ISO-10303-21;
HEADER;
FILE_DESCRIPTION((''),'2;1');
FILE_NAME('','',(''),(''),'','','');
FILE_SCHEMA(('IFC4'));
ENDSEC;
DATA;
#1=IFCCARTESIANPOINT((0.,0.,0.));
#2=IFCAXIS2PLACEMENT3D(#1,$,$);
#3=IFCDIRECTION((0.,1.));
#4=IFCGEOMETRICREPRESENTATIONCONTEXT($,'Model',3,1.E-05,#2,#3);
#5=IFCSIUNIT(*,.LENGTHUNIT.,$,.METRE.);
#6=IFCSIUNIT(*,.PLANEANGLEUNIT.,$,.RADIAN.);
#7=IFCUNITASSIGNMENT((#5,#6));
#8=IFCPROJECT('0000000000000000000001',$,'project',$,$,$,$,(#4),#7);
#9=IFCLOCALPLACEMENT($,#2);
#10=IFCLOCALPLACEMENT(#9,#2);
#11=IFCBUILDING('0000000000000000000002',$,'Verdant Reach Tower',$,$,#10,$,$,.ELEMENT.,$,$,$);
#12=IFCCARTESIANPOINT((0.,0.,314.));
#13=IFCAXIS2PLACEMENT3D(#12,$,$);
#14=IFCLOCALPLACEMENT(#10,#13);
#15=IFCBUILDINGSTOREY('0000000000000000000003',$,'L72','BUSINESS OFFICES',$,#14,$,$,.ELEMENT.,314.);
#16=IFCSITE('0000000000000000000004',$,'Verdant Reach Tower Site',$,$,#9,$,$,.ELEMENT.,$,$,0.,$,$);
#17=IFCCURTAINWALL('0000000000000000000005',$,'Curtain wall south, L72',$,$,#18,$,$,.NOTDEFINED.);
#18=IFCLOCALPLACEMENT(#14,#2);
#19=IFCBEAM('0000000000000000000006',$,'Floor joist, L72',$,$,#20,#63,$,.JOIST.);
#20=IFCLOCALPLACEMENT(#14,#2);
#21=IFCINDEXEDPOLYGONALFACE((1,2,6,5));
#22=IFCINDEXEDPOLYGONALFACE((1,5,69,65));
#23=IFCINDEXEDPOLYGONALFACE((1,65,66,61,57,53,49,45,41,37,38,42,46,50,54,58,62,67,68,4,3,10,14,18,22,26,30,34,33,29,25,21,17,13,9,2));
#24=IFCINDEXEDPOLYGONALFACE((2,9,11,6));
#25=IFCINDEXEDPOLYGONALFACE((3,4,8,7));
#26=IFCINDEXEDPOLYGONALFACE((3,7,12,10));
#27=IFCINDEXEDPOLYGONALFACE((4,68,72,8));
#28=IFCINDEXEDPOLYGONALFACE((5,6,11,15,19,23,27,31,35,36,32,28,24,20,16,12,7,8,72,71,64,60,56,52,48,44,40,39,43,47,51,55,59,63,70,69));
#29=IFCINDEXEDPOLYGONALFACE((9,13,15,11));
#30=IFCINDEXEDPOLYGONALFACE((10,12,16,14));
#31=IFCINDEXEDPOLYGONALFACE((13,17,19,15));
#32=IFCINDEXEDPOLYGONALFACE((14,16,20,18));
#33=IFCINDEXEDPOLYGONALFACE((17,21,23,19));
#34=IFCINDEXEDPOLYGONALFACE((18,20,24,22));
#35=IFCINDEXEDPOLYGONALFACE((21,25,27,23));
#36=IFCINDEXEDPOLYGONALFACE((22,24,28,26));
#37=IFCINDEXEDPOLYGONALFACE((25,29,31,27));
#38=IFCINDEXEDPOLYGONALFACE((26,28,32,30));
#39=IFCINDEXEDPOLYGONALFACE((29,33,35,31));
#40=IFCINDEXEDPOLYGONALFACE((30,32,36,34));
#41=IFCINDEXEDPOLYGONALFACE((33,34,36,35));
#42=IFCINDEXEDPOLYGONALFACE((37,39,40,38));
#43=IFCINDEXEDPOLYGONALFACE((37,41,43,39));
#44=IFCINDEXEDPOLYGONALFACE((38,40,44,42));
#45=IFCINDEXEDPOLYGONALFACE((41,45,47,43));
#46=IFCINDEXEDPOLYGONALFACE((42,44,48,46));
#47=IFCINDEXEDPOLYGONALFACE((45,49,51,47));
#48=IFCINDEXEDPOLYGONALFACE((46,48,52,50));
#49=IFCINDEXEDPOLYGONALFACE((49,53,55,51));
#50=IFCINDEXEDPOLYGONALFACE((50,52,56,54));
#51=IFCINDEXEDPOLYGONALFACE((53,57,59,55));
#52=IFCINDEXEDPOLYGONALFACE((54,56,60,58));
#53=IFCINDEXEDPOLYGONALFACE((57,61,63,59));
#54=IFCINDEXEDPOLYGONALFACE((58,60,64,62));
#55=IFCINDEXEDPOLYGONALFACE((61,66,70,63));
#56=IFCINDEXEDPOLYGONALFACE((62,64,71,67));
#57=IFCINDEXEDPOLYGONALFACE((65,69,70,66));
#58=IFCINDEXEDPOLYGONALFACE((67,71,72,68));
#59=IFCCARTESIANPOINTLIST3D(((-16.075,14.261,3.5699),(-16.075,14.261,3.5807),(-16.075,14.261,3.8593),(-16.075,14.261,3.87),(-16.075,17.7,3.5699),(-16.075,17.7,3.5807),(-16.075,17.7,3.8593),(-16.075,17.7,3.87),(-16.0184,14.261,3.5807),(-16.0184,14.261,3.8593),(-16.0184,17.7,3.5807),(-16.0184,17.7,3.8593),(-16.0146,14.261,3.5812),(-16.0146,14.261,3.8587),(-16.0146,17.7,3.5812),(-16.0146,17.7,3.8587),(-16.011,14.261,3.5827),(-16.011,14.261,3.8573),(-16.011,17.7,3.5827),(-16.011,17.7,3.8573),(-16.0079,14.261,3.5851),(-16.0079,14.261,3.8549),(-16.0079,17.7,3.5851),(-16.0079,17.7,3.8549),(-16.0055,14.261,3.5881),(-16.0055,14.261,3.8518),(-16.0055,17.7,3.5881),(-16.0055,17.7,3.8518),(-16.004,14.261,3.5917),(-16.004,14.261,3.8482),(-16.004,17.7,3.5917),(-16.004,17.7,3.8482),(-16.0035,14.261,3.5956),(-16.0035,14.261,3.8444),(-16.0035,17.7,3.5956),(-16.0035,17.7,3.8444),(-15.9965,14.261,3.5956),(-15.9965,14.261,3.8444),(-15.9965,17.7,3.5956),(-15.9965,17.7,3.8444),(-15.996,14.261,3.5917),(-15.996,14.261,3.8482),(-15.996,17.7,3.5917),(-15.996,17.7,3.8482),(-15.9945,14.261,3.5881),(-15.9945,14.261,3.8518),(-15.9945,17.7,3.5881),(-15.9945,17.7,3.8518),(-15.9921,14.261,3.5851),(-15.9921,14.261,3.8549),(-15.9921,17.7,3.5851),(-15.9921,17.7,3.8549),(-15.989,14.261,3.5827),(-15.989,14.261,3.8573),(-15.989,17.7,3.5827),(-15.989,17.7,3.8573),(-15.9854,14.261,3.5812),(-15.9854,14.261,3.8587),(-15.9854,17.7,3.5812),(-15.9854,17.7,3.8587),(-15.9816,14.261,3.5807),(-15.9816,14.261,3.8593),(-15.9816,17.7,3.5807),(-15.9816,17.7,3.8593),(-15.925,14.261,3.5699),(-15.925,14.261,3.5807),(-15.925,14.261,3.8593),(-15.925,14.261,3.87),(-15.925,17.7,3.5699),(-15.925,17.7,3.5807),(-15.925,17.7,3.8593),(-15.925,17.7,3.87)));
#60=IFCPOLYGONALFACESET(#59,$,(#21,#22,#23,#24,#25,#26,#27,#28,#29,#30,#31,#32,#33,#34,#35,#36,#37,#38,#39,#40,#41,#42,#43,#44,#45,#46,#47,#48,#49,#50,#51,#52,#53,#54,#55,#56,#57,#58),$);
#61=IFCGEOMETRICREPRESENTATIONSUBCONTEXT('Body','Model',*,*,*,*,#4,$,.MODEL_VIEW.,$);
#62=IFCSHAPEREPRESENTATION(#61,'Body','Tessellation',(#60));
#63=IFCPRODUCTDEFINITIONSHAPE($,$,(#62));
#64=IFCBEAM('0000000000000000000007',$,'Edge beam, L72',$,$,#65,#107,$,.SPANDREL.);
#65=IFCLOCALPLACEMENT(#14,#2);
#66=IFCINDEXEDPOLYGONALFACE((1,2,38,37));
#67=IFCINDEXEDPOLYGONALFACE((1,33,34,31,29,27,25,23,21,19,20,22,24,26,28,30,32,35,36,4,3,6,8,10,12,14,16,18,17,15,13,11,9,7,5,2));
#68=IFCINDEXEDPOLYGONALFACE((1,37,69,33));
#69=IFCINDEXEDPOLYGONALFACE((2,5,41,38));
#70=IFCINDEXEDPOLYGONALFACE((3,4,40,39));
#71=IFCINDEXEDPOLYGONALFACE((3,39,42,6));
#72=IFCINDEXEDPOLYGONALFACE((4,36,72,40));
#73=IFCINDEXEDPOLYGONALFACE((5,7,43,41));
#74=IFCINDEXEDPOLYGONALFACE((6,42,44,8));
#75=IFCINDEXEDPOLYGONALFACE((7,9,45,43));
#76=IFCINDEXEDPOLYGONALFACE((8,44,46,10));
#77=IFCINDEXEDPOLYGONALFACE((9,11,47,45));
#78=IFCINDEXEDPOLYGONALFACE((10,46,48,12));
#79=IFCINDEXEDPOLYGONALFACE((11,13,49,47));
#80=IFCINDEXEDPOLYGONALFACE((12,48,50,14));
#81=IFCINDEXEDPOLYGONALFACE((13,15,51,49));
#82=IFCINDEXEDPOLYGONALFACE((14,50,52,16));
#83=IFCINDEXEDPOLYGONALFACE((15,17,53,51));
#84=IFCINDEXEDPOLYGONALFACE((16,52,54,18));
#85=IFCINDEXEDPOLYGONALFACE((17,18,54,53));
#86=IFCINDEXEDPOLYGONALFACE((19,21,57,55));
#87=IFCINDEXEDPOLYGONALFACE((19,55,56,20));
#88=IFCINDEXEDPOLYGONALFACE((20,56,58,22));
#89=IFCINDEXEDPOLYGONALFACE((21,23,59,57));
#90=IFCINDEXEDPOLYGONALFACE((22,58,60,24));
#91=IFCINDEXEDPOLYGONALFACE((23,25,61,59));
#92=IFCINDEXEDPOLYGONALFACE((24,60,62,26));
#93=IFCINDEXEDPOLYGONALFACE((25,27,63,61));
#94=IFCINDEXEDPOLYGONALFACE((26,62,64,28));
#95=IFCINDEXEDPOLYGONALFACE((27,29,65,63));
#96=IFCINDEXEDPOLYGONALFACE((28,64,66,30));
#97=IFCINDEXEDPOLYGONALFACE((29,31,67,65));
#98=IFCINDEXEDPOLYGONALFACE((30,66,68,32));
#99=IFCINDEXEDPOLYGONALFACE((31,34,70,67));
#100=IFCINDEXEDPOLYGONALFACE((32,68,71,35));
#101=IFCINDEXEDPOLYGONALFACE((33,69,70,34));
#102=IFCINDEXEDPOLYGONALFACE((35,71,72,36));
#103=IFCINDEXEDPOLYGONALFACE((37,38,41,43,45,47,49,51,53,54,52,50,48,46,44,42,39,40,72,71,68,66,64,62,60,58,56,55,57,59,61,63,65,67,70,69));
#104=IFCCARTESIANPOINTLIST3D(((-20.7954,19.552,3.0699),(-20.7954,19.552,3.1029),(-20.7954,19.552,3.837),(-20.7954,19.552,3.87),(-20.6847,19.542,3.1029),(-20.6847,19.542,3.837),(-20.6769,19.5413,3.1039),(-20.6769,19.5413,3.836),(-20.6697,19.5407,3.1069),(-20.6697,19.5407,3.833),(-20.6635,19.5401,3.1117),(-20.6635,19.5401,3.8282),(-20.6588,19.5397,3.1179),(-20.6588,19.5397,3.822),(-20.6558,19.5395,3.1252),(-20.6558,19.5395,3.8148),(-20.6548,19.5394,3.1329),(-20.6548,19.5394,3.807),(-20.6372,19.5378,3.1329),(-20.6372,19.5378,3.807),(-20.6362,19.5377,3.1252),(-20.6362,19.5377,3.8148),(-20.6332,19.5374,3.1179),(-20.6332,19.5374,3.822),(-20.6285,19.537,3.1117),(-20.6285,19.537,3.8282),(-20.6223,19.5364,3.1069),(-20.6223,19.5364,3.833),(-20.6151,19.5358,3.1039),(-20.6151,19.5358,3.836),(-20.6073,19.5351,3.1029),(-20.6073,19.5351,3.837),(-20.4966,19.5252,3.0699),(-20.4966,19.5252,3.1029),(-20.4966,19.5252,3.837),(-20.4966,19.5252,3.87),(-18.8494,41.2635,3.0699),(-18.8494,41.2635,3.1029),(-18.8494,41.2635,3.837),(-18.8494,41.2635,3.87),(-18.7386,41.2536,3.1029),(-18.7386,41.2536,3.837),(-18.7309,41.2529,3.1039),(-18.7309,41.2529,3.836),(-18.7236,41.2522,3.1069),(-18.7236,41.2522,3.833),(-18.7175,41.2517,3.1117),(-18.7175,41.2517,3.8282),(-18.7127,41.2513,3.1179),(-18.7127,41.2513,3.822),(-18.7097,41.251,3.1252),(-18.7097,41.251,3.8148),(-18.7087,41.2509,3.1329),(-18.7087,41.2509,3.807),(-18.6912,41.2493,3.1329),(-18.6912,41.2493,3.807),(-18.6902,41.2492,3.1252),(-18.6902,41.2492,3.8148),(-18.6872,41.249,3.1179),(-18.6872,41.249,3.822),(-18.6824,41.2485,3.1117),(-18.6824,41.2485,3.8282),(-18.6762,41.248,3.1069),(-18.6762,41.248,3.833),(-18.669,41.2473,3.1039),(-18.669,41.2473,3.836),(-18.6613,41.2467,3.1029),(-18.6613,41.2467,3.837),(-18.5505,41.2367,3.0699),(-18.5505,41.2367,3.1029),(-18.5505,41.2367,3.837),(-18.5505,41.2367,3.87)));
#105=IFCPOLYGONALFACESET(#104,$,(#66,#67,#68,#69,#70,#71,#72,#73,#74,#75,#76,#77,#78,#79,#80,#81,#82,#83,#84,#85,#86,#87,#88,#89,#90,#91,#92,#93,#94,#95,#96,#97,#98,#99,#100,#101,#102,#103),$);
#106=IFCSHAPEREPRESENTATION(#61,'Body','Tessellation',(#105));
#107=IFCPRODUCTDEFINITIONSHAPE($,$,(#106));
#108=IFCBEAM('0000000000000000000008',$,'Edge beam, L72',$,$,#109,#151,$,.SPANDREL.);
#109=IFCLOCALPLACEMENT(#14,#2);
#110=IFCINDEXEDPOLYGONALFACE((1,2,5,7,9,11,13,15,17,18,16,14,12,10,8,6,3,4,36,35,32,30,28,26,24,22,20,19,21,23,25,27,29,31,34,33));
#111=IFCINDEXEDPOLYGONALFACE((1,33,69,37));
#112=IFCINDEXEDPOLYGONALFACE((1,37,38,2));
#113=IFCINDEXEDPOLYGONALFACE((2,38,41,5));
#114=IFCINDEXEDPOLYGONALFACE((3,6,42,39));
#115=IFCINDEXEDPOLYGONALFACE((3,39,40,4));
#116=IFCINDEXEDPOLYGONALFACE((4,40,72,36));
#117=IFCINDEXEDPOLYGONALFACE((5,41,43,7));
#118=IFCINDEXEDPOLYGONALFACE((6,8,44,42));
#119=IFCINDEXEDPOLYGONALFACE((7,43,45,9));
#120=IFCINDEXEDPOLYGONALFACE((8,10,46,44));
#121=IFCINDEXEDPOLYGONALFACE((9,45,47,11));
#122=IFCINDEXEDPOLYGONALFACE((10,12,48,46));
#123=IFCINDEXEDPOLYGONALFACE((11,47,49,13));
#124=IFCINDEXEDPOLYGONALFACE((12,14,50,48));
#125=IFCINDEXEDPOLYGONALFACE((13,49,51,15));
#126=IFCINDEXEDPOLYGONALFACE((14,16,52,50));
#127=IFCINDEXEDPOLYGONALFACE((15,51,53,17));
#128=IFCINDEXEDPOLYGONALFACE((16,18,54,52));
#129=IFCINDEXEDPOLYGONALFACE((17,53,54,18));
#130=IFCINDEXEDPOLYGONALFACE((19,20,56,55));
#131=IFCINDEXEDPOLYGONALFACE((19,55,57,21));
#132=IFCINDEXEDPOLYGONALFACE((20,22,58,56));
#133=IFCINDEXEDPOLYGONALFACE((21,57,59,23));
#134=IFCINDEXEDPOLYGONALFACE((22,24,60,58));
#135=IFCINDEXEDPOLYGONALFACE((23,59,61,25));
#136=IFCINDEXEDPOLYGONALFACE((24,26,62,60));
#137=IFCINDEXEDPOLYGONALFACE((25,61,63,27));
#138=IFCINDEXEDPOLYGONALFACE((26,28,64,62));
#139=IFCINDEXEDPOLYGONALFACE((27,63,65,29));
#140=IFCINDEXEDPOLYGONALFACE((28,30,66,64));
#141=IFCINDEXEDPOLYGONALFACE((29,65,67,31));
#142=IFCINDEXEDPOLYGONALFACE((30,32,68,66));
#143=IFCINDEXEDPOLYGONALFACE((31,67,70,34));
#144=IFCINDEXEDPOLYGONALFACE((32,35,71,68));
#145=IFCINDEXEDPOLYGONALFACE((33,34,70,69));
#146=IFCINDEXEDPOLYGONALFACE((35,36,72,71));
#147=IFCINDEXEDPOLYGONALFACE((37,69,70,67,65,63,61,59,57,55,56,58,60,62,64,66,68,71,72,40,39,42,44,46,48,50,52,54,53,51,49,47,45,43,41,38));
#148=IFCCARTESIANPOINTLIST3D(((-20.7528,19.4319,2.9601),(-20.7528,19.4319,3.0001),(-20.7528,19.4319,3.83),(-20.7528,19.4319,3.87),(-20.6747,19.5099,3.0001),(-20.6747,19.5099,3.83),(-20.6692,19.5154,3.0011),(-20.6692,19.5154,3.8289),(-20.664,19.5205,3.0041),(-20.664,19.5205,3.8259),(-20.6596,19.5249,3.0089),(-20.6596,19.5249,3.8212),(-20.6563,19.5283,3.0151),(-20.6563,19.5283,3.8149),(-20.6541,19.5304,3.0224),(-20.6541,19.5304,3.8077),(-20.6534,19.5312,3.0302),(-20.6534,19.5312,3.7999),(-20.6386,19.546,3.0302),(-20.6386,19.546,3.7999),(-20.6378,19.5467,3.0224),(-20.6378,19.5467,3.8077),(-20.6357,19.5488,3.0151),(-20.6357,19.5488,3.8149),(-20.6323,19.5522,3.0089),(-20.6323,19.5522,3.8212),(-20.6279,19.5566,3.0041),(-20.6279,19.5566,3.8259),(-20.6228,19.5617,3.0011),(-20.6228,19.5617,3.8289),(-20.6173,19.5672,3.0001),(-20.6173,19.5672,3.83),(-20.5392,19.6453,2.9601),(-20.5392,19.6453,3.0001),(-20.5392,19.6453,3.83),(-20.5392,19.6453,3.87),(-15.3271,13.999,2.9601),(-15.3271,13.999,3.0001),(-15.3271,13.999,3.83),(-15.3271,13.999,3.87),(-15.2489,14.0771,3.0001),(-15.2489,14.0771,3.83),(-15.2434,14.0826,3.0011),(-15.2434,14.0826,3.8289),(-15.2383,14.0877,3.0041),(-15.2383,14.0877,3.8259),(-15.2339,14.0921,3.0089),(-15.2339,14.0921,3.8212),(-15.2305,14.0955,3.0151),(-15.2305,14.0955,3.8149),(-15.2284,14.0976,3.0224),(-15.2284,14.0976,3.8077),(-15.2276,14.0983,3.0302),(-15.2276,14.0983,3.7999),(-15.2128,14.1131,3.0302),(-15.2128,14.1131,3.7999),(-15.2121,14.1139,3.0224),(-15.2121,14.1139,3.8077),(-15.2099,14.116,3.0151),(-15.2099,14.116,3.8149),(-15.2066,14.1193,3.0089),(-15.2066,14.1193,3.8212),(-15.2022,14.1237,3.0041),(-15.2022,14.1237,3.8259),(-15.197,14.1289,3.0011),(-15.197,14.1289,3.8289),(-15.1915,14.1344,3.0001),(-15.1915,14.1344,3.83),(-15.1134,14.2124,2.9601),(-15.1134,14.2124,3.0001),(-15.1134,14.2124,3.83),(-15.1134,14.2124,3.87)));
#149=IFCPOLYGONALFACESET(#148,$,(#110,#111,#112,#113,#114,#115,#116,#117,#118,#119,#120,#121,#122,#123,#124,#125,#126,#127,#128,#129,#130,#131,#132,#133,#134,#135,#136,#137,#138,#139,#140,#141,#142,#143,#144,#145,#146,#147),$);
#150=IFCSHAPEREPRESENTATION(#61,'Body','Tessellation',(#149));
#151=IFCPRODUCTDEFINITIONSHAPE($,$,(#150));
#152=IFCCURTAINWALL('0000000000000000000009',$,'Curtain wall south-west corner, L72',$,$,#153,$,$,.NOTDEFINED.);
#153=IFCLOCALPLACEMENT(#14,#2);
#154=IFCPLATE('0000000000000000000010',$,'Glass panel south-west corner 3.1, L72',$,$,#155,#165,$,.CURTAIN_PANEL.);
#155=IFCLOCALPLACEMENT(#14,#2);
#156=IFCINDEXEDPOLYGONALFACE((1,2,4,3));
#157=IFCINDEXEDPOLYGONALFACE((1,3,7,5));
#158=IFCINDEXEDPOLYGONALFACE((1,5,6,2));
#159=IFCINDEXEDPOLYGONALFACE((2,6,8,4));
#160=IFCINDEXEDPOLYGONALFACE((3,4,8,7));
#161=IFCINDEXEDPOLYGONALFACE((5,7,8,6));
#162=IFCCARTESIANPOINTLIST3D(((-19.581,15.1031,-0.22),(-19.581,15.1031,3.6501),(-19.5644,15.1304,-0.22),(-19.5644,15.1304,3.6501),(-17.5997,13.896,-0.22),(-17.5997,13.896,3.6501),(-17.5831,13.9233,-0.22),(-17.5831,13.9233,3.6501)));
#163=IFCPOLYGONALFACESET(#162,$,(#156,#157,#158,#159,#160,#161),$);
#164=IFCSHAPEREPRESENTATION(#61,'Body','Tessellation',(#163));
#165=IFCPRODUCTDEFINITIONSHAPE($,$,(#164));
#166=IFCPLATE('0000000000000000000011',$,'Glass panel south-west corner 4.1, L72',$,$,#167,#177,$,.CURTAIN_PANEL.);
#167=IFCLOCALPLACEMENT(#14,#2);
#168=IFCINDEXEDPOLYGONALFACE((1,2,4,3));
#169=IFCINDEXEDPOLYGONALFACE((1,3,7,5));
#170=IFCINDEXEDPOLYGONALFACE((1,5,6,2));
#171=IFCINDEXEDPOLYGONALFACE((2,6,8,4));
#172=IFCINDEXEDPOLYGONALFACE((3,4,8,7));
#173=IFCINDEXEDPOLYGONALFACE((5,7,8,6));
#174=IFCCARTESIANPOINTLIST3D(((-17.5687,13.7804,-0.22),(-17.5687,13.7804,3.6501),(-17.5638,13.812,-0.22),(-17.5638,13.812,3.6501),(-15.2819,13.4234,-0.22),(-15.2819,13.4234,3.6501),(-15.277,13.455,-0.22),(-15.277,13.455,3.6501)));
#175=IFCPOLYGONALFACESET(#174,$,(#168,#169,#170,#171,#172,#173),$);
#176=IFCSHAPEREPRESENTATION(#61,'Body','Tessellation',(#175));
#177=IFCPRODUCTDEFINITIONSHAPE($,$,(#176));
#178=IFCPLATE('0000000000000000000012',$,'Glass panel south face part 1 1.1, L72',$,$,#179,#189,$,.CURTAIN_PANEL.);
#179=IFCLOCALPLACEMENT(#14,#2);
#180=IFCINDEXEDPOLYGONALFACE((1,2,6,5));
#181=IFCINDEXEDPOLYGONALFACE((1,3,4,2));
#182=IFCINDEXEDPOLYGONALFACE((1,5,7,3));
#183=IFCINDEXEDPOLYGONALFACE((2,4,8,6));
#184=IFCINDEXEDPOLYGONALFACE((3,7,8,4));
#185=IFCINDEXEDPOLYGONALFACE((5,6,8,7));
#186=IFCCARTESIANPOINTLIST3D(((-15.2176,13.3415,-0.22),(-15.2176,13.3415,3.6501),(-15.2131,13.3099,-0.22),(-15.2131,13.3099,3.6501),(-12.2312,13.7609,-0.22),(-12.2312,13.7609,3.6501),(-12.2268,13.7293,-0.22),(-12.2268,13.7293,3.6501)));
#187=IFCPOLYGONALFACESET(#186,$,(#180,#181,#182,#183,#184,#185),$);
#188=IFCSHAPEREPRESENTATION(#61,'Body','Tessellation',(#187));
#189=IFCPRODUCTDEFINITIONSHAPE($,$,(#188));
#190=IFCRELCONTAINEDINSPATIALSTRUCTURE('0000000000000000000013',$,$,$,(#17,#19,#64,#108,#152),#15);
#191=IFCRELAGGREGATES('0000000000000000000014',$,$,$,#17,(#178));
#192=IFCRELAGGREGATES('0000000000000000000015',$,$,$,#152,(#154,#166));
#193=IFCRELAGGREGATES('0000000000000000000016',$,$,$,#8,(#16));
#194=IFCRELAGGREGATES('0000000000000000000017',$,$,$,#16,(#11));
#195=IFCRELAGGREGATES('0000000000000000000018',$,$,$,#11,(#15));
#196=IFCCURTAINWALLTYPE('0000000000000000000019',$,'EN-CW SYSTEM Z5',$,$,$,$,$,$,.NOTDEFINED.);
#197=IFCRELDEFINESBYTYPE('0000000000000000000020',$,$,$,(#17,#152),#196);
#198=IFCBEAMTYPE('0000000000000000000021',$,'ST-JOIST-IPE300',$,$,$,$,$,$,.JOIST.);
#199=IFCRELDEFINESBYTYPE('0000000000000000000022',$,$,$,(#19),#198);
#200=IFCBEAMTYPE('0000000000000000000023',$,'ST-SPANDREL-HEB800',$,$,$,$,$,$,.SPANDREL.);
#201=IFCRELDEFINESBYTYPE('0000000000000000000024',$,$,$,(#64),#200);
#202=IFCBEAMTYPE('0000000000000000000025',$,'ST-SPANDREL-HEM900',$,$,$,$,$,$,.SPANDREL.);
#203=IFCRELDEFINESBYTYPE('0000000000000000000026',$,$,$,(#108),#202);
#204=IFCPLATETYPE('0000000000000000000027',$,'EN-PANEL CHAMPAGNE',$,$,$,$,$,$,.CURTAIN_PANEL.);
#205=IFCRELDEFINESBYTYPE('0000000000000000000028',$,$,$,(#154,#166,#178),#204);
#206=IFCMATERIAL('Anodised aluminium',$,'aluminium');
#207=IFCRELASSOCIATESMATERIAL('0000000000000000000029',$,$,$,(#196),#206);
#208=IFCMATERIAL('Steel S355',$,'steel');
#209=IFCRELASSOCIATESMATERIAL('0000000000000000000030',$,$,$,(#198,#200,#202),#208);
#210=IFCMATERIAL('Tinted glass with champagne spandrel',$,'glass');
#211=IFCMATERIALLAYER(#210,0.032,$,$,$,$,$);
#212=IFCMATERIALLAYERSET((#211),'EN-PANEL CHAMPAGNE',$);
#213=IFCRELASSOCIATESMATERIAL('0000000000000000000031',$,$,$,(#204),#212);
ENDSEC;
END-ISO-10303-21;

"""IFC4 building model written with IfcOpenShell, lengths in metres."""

from ifc_helpers import new_model, si_unit, direction, frame, origin, origin_2d, place, context, subcontext, project, spatial, rectangle, i_section, extrude, material, layer, layer_set, material_profile, profile_set, type_object, element, aggregate, save


model = new_model("IFC4")

# Units and contexts
model_context = context("Model", 3, precision=1e-05, world=origin(), true_north=direction((0.0, 1.0)))
body_context = subcontext(model_context, "Body", "Model", "MODEL_VIEW")
ifc_project = project(units=[si_unit("LENGTHUNIT", "METRE"), si_unit("PLANEANGLEUNIT", "RADIAN")], contexts=[model_context])

# Site, building, storey
site_placement = place(None, origin())
site = spatial("IfcSite", under=ifc_project, at=site_placement, Name="Verdant Reach Tower Site", CompositionType="ELEMENT", RefElevation=0.0)
building_placement = place(site_placement, origin())
building = spatial("IfcBuilding", under=site, at=building_placement, Name="Verdant Reach Tower", CompositionType="ELEMENT")
storey_placement = place(building_placement, frame((0.0, 0.0, 314.0)))
storey = spatial("IfcBuildingStorey", under=building, at=storey_placement, Name="L72", Description="BUSINESS OFFICES", CompositionType="ELEMENT", Elevation=314.0)

# Curtain wall
ifc_material_1 = material(Name="Anodised aluminium", Category="aluminium")
curtain_wall_type = type_object("IfcCurtainWallType", Name="EN-CW SYSTEM Z5", PredefinedType="NOTDEFINED", material=ifc_material_1)
curtain_wall_1_placement = place(storey_placement, origin())
curtain_wall_1 = element("IfcCurtainWall", 1, at=curtain_wall_1_placement, inside=storey, type_object=curtain_wall_type, Name="Curtain wall south, L72", PredefinedType="NOTDEFINED")

# Beams
ifc_material_2 = material(Name="Steel S355", Category="steel")
ifc_material_profile_1 = material_profile(ifc_material_2, i_section(OverallWidth=0.1499, OverallDepth=0.3, WebThickness=0.0071, FlangeThickness=0.0107, FilletRadius=0.0149, at=origin_2d()), Name="IPE 300")
ifc_profile_set_1 = profile_set([ifc_material_profile_1], Name="Steel S355")
beam_type_1 = type_object("IfcBeamType", Name="ST-JOIST-IPE300", PredefinedType="JOIST", material=ifc_profile_set_1)
beam_1_placement = place(storey_placement, frame((-16.0, 17.7, 3.72), z_axis=(0.0, -1.0, 0.0), x_axis=(1.0, 0.0, 0.0)))
element("IfcBeam", 2, at=beam_1_placement, inside=storey, type_object=beam_type_1, Name="Floor joist, L72", PredefinedType="JOIST", context=body_context, shape_type="SweptSolid", body=[
    extrude(i_section(OverallWidth=0.1499, OverallDepth=0.3, WebThickness=0.0071, FlangeThickness=0.0107, FilletRadius=0.0149, at=origin_2d()), origin(), (0.0, 0.0, 1.0), 3.439),
])
ifc_material_profile_2 = material_profile(ifc_material_2, i_section(OverallWidth=0.3, OverallDepth=0.8, WebThickness=0.0176, FlangeThickness=0.033, FilletRadius=0.03, at=origin_2d()), Name="HEB 800")
ifc_profile_set_2 = profile_set([ifc_material_profile_2], Name="Steel S355")
beam_type_2 = type_object("IfcBeamType", Name="ST-SPANDREL-HEB800", PredefinedType="SPANDREL", material=ifc_profile_set_2)
beam_2_placement = place(storey_placement, frame((-20.646, 19.5386, 3.47), z_axis=(0.089274, 0.996007, 0.0), x_axis=(-0.996007, 0.089274, 0.0)))
element("IfcBeam", 3, at=beam_2_placement, inside=storey, type_object=beam_type_2, Name="Edge beam, L72", PredefinedType="SPANDREL", context=body_context, shape_type="SweptSolid", body=[
    extrude(i_section(OverallWidth=0.3, OverallDepth=0.8, WebThickness=0.0176, FlangeThickness=0.033, FilletRadius=0.03, at=origin_2d()), origin(), (0.0, 0.0, 1.0), 21.7986),
])
ifc_material_profile_3 = material_profile(ifc_material_2, i_section(OverallWidth=0.302, OverallDepth=0.9099, WebThickness=0.021, FlangeThickness=0.04, FilletRadius=0.03, at=origin_2d()), Name="HEM 900")
ifc_profile_set_3 = profile_set([ifc_material_profile_3], Name="Steel S355")
beam_type_3 = type_object("IfcBeamType", Name="ST-SPANDREL-HEM900", PredefinedType="SPANDREL", material=ifc_profile_set_3)
beam_3_placement = place(storey_placement, frame((-15.2202, 14.1057, 3.415), z_axis=(-0.706646, 0.707568, 0.0), x_axis=(-0.707568, -0.706646, 0.0)))
element("IfcBeam", 4, at=beam_3_placement, inside=storey, type_object=beam_type_3, Name="Edge beam, L72", PredefinedType="SPANDREL", context=body_context, shape_type="SweptSolid", body=[
    extrude(i_section(OverallWidth=0.302, OverallDepth=0.9099, WebThickness=0.021, FlangeThickness=0.04, FilletRadius=0.03, at=origin_2d()), origin(), (0.0, 0.0, 1.0), 7.6782),
])

# Curtain wall, plates
curtain_wall_2_placement = place(storey_placement, origin())
curtain_wall_2 = element("IfcCurtainWall", 5, at=curtain_wall_2_placement, inside=storey, type_object=curtain_wall_type, Name="Curtain wall south-west corner, L72", PredefinedType="NOTDEFINED")
ifc_material_3 = material(Name="Tinted glass with champagne spandrel", Category="glass")
ifc_layer_1 = layer(ifc_material_3, 0.032)
ifc_layer_set_1 = layer_set([ifc_layer_1], Name="EN-PANEL CHAMPAGNE")
plate_type_1 = type_object("IfcPlateType", Name="EN-PANEL CHAMPAGNE", PredefinedType="CURTAIN_PANEL", material=ifc_layer_set_1)
plate_1_placement = place(storey_placement, frame((-18.582, 14.5132, -0.22), z_axis=(0.0, 0.0, 1.0), x_axis=(0.853989, -0.520292, 0.0)))
plate_1 = element("IfcPlate", 6, at=plate_1_placement, type_object=plate_type_1, Name="Glass panel south-west corner 3.1, L72", PredefinedType="CURTAIN_PANEL", context=body_context, shape_type="SweptSolid", body=[
    extrude(rectangle(XDim=2.3201, YDim=0.032, at=origin_2d()), origin(), (0.0, 0.0, 1.0), 3.8701),
])
plate_2_placement = place(storey_placement, frame((-16.4229, 13.6177, -0.22), z_axis=(0.0, 0.0, 1.0), x_axis=(0.988033, -0.15424, 0.0)))
plate_2 = element("IfcPlate", 7, at=plate_2_placement, type_object=plate_type_1, Name="Glass panel south-west corner 4.1, L72", PredefinedType="CURTAIN_PANEL", context=body_context, shape_type="SweptSolid", body=[
    extrude(rectangle(XDim=2.3145, YDim=0.032, at=origin_2d()), origin(), (0.0, 0.0, 1.0), 3.8701),
])

# Plate
plate_3_placement = place(storey_placement, frame((-13.7222, 13.5354, -0.22), z_axis=(0.0, 0.0, 1.0), x_axis=(0.990282, 0.139077, 0.0)))
plate_3 = element("IfcPlate", 8, at=plate_3_placement, type_object=plate_type_1, Name="Glass panel south face part 1 1.1, L72", PredefinedType="CURTAIN_PANEL", context=body_context, shape_type="SweptSolid", body=[
    extrude(rectangle(XDim=3.0156, YDim=0.032, at=origin_2d()), origin(), (0.0, 0.0, 1.0), 3.8701),
])
aggregate(curtain_wall_1, [plate_3])
aggregate(curtain_wall_2, [plate_1, plate_2])

save(model, "model.ifc")
